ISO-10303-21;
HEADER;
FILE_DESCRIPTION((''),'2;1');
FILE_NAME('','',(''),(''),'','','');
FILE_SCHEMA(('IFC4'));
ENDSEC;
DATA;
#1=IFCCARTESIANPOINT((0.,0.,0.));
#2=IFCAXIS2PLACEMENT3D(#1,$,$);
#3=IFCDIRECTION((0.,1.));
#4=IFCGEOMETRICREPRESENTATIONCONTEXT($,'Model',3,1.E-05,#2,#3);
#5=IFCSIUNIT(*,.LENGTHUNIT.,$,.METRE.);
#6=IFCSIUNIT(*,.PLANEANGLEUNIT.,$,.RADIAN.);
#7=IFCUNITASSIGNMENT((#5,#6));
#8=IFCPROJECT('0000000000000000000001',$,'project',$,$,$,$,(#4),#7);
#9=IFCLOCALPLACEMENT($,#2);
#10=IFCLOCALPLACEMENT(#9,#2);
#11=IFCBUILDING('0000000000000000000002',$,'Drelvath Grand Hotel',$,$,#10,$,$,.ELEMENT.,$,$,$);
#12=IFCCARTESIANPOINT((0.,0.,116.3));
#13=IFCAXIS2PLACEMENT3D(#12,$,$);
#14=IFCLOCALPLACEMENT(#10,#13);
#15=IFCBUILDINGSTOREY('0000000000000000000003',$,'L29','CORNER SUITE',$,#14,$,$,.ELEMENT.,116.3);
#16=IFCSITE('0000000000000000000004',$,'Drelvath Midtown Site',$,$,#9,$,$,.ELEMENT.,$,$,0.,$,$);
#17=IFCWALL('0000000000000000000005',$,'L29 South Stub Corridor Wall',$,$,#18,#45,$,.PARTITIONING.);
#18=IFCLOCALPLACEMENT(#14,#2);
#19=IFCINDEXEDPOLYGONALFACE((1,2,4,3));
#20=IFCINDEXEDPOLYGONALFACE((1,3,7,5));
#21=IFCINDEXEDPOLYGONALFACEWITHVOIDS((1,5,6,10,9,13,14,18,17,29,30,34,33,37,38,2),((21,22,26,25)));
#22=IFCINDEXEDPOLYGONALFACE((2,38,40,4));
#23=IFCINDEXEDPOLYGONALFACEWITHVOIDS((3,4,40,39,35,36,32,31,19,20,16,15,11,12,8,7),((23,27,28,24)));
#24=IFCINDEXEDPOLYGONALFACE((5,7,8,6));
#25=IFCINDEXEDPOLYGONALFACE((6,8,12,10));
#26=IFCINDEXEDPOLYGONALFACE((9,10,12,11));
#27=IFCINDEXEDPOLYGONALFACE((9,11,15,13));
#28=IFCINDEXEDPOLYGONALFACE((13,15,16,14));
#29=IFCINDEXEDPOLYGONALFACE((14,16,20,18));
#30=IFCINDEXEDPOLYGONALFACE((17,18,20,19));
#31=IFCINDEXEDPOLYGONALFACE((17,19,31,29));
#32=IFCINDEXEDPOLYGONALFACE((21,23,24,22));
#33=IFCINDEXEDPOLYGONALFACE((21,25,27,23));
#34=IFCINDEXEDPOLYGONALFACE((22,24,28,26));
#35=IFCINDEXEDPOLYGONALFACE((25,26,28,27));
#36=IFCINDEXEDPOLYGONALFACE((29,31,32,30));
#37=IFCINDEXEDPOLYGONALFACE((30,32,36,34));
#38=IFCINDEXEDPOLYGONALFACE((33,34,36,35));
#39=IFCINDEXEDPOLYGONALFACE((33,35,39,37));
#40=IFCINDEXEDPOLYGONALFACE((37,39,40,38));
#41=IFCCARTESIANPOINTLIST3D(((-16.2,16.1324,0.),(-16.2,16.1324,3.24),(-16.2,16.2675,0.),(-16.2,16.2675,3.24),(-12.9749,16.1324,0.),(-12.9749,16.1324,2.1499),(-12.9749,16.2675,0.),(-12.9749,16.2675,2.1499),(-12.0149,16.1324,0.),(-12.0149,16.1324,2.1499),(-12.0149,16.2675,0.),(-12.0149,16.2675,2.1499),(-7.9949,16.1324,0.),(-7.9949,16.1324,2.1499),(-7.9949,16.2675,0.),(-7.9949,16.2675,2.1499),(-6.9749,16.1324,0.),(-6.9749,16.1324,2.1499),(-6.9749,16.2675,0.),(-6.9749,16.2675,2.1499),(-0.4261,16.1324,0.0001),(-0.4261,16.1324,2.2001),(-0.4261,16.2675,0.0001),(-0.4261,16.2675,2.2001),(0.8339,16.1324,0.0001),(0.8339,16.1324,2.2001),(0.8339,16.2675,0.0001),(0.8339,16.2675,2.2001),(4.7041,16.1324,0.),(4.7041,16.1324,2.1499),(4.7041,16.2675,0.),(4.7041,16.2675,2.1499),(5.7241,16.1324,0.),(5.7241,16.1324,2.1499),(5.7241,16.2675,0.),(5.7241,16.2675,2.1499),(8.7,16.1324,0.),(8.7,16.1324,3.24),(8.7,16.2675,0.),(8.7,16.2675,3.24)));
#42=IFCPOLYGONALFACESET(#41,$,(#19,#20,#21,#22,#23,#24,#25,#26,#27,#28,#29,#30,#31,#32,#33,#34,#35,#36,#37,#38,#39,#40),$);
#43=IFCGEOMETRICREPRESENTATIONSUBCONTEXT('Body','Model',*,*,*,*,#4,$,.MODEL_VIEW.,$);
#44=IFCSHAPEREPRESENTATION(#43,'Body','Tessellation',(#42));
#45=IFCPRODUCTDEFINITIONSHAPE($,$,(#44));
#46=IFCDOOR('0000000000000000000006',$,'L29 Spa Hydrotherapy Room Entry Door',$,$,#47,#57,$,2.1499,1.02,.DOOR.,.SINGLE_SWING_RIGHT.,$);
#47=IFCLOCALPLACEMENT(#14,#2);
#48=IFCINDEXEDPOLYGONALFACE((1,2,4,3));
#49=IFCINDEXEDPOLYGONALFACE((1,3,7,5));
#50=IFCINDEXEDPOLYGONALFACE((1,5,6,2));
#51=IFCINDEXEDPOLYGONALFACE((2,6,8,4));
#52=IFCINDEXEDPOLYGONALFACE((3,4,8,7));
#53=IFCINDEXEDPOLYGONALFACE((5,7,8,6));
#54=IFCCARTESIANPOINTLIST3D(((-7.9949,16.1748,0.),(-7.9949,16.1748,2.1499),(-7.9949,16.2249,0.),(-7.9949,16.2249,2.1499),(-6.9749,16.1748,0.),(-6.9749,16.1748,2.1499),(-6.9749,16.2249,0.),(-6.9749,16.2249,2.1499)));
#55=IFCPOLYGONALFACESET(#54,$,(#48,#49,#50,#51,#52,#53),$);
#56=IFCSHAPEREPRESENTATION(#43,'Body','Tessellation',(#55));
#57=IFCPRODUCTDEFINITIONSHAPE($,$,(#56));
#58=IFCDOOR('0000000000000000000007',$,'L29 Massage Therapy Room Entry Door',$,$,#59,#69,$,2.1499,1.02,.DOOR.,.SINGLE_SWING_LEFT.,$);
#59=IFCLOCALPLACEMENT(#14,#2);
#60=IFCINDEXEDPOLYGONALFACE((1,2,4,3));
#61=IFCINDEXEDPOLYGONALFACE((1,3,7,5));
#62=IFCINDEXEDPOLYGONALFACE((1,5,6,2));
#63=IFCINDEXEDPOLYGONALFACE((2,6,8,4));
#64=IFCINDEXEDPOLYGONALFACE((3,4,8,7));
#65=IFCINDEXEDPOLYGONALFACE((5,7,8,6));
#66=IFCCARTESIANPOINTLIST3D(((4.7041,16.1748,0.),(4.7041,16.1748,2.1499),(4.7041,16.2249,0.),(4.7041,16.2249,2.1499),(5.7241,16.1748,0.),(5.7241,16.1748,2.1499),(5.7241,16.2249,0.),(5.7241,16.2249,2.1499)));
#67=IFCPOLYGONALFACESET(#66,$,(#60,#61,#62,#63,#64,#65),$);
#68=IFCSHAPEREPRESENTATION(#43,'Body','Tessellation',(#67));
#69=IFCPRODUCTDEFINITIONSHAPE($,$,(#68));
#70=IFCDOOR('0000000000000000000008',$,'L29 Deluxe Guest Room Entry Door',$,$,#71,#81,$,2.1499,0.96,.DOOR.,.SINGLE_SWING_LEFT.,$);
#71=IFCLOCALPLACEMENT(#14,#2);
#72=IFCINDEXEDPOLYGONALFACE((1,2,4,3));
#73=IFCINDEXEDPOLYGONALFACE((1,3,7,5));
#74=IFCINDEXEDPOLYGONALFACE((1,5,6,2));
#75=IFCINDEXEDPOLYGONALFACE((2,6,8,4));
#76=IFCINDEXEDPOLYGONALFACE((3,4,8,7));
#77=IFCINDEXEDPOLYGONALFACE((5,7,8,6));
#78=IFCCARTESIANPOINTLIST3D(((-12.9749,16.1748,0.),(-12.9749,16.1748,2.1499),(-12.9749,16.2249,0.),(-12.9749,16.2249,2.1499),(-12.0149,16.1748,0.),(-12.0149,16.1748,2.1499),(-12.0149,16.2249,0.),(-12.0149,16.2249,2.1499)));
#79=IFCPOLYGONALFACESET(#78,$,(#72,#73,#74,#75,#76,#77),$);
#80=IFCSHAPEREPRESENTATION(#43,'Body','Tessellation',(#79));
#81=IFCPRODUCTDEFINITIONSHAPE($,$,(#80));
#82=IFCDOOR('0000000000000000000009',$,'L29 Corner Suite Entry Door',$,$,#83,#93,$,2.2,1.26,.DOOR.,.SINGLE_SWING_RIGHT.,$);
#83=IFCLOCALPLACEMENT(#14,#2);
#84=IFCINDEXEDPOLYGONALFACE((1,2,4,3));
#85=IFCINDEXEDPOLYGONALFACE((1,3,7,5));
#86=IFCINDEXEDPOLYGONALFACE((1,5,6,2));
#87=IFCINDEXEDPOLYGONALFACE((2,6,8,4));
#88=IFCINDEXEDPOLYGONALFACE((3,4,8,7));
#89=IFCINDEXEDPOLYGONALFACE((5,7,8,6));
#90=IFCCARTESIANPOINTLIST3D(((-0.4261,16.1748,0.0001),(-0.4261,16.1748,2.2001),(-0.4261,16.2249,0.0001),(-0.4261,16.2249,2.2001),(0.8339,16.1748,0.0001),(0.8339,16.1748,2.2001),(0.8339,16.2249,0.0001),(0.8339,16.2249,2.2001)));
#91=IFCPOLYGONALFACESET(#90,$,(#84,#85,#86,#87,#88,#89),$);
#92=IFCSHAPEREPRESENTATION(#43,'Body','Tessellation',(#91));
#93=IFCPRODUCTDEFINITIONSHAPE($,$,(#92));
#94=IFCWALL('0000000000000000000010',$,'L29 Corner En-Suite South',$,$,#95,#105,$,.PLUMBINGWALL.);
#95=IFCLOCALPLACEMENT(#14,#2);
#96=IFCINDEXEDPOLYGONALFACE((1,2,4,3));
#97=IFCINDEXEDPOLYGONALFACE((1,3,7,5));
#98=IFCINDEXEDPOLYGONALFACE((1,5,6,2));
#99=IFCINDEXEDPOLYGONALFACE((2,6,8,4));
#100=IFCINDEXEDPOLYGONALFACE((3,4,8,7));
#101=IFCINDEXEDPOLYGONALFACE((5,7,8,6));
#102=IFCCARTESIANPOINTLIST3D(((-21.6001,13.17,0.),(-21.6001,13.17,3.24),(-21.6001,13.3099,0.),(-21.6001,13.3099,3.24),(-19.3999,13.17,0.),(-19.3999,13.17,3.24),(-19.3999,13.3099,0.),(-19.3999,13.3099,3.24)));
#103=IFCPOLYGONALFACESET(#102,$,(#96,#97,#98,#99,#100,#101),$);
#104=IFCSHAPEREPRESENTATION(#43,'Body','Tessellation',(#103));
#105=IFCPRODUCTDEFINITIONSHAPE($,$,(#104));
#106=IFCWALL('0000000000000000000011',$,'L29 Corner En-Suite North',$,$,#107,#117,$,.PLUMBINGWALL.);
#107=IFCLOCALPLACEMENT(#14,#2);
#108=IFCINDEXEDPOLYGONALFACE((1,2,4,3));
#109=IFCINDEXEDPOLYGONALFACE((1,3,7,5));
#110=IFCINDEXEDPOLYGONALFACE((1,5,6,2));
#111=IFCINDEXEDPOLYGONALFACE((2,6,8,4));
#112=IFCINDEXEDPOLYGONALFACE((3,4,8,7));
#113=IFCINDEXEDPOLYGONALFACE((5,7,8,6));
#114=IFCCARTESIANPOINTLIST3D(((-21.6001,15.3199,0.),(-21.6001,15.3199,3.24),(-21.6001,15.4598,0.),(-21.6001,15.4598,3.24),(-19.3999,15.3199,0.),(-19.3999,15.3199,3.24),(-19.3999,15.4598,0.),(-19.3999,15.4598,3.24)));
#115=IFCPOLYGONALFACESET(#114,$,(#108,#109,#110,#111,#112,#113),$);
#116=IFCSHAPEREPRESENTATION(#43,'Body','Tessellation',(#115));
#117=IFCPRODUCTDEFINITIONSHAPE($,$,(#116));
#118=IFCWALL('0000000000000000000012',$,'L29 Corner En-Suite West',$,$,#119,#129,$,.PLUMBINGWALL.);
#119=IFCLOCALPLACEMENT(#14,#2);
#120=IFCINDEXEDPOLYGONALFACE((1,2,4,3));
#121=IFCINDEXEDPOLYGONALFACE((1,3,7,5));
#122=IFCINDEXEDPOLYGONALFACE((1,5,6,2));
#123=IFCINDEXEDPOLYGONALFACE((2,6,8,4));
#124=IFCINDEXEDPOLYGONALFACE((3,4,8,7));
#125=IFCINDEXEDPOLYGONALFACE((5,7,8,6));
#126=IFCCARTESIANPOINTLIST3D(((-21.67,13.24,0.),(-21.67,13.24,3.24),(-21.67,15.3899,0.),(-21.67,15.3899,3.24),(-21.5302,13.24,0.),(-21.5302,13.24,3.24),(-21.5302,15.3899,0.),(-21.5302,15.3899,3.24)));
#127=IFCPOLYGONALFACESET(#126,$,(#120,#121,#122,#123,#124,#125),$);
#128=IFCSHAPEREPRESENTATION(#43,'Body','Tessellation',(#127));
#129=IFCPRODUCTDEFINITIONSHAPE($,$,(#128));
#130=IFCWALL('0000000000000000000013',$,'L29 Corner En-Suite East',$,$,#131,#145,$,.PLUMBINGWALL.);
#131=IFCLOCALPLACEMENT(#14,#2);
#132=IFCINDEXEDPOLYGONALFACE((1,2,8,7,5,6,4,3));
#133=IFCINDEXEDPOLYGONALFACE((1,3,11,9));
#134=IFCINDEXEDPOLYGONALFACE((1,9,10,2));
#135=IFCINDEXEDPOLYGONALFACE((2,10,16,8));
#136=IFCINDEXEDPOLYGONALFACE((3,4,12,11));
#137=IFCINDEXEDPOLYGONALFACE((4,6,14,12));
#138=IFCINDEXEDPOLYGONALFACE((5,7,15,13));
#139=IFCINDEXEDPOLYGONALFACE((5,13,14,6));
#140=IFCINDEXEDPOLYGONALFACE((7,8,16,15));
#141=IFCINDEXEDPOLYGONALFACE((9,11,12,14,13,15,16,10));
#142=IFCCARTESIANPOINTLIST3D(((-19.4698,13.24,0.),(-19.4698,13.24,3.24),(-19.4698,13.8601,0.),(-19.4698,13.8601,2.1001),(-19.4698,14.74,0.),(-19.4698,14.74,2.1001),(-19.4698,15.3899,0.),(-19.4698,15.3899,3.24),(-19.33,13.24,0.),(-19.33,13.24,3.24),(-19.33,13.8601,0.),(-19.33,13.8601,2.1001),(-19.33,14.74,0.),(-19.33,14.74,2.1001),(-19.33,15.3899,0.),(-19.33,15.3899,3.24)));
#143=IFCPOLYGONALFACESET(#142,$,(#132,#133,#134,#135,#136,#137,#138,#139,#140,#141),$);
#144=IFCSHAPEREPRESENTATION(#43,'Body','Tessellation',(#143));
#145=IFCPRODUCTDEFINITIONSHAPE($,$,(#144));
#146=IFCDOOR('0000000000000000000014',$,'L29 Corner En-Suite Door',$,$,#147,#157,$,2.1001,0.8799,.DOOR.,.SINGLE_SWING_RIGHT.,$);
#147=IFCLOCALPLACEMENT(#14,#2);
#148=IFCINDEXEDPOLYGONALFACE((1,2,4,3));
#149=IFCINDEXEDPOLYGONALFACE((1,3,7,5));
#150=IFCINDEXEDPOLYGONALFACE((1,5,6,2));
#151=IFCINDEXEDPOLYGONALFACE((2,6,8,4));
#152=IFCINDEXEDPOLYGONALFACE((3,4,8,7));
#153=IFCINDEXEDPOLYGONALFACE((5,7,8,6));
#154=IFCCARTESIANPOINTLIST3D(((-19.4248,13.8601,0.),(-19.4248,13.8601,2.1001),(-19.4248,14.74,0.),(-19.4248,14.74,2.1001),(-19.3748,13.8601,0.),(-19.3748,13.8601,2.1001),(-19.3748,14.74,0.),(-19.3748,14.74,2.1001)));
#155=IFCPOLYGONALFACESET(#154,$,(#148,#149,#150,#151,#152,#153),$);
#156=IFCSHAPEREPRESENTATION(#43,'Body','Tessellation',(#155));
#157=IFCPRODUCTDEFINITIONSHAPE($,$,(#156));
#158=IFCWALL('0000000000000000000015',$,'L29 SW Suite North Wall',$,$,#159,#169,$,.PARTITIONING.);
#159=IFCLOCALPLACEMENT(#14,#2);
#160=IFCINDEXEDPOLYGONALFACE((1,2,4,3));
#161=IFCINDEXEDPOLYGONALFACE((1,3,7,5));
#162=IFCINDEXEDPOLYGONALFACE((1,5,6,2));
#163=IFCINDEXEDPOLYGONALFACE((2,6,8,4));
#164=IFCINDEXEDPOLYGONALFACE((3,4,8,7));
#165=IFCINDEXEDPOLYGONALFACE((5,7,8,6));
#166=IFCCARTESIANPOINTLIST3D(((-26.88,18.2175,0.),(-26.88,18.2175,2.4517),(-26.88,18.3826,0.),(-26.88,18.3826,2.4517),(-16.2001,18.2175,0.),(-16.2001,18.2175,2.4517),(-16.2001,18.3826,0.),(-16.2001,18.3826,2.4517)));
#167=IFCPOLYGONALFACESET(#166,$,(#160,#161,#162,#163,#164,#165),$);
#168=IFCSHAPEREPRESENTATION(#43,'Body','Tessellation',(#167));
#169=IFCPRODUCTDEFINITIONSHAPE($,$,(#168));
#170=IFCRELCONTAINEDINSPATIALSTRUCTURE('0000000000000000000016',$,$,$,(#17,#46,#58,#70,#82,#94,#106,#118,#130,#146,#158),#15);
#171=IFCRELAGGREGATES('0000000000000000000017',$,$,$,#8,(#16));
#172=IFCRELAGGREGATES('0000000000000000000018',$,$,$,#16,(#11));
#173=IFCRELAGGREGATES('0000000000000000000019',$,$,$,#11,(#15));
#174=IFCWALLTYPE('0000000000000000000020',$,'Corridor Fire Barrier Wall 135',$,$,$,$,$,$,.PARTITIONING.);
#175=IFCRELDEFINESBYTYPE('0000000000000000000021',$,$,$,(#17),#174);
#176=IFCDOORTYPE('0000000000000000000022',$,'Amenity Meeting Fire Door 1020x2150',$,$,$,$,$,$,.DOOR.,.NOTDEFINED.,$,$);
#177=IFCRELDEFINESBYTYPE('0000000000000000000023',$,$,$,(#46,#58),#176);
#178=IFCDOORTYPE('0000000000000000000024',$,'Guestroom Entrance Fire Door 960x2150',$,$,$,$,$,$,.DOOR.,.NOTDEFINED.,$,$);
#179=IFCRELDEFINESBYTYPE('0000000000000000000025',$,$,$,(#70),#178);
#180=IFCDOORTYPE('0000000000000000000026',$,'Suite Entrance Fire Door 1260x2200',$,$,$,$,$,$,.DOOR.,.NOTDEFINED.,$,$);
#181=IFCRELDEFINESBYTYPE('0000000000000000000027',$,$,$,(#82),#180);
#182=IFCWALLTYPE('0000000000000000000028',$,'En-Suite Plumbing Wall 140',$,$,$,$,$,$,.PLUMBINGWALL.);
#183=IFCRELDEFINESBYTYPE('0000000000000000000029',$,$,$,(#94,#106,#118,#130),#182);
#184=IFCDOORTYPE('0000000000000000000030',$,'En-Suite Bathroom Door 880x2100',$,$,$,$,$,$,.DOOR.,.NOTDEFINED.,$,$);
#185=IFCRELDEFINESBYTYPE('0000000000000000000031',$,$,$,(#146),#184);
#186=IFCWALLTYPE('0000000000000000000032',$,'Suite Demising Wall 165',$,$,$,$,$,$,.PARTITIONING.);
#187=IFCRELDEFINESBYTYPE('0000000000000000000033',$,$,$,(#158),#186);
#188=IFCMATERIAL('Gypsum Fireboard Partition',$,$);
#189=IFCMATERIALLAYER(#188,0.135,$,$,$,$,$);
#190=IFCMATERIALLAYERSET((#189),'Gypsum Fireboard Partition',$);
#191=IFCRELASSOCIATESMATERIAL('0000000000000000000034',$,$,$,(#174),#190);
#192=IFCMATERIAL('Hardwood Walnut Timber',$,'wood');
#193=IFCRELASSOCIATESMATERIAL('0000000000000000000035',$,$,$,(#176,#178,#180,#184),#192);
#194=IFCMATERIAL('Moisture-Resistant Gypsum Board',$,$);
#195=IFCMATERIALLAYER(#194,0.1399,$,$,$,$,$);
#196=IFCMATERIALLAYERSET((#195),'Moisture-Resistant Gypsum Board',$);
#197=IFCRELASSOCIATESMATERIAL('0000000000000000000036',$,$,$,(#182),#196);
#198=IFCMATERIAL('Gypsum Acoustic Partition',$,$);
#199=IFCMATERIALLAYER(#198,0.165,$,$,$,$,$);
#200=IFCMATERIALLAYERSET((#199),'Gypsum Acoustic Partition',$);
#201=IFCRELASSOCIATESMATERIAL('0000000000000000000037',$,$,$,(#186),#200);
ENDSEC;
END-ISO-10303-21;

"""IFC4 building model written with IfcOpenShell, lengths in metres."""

from ifc_helpers import new_model, si_unit, direction, frame, frame_2d, origin, place, context, subcontext, project, spatial, rectangle, extrude, material, layer, layer_set, type_object, element, fill, save


model = new_model("IFC4")

# Units and contexts
model_context = context("Model", 3, precision=1e-05, world=origin(), true_north=direction((0.0, 1.0)))
body_context = subcontext(model_context, "Body", "Model", "MODEL_VIEW")
ifc_project = project(units=[si_unit("LENGTHUNIT", "METRE"), si_unit("PLANEANGLEUNIT", "RADIAN")], contexts=[model_context])

# Site, building, storey
site_placement = place(None, origin())
site = spatial("IfcSite", under=ifc_project, at=site_placement, Name="Drelvath Midtown Site", CompositionType="ELEMENT", RefElevation=0.0)
building_placement = place(site_placement, origin())
building = spatial("IfcBuilding", under=site, at=building_placement, Name="Drelvath Grand Hotel", CompositionType="ELEMENT")
storey_placement = place(building_placement, frame((0.0, 0.0, 116.3)))
storey = spatial("IfcBuildingStorey", under=building, at=storey_placement, Name="L29", Description="CORNER SUITE", CompositionType="ELEMENT", Elevation=116.3)

# Shared definitions
ifc_material_1 = material(Name="Gypsum Fireboard Partition")
ifc_layer_1 = layer(ifc_material_1, 0.135)
ifc_layer_set_1 = layer_set([ifc_layer_1], Name="Gypsum Fireboard Partition")
wall_type_1 = type_object("IfcWallType", Name="Corridor Fire Barrier Wall 135", PredefinedType="PARTITIONING", material=ifc_layer_set_1)

# Wall, openings, doors
wall_1_placement = place(storey_placement, frame((-16.2, 16.2, 0.0), z_axis=(0.0, 0.0, 1.0), x_axis=(1.0, 0.0, 0.0)))
wall_1 = element("IfcWall", 1, at=wall_1_placement, inside=storey, type_object=wall_type_1, Name="L29 South Stub Corridor Wall", PredefinedType="PARTITIONING", context=body_context, shape_type="SweptSolid", body=[
    extrude(rectangle(XDim=24.8999, YDim=0.135, at=frame_2d((12.45, 0.0))), origin(), (0.0, 0.0, 1.0), 3.24),
])
opening_1_placement = place(wall_1_placement, frame((3.2251, 0.0, 0.0)))
opening_1 = element("IfcOpeningElement", 2, at=opening_1_placement, cuts=wall_1, PredefinedType="OPENING", context=body_context, shape_type="SweptSolid", body=[
    extrude(rectangle(XDim=0.96, YDim=2.1499, at=frame_2d((0.48, 1.075))), frame((0.0, 0.0774, 0.0), z_axis=(0.0, -1.0, 0.0), x_axis=(1.0, 0.0, 0.0)), (0.0, 0.0, 1.0), 0.155),
])
opening_2_placement = place(wall_1_placement, frame((8.2051, 0.0, 0.0)))
opening_2 = element("IfcOpeningElement", 3, at=opening_2_placement, cuts=wall_1, PredefinedType="OPENING", context=body_context, shape_type="SweptSolid", body=[
    extrude(rectangle(XDim=1.02, YDim=2.1499, at=frame_2d((0.51, 1.075))), frame((0.0, 0.0774, 0.0), z_axis=(0.0, -1.0, 0.0), x_axis=(1.0, 0.0, 0.0)), (0.0, 0.0, 1.0), 0.155),
])
opening_3_placement = place(wall_1_placement, frame((15.7739, 0.0, 0.0)))
opening_3 = element("IfcOpeningElement", 4, at=opening_3_placement, cuts=wall_1, PredefinedType="OPENING", context=body_context, shape_type="SweptSolid", body=[
    extrude(rectangle(XDim=1.26, YDim=2.2, at=frame_2d((0.6299, 1.1001))), frame((0.0, 0.0774, 0.0), z_axis=(0.0, -1.0, 0.0), x_axis=(1.0, 0.0, 0.0)), (0.0, 0.0, 1.0), 0.155),
])
opening_4_placement = place(wall_1_placement, frame((20.9041, 0.0, 0.0)))
opening_4 = element("IfcOpeningElement", 5, at=opening_4_placement, cuts=wall_1, PredefinedType="OPENING", context=body_context, shape_type="SweptSolid", body=[
    extrude(rectangle(XDim=1.02, YDim=2.1499, at=frame_2d((0.51, 1.075))), frame((0.0, 0.0774, 0.0), z_axis=(0.0, -1.0, 0.0), x_axis=(1.0, 0.0, 0.0)), (0.0, 0.0, 1.0), 0.155),
])
ifc_material_2 = material(Name="Hardwood Walnut Timber", Category="wood")
door_type_1 = type_object("IfcDoorType", Name="Amenity Meeting Fire Door 1020x2150", OperationType="NOTDEFINED", PredefinedType="DOOR", material=ifc_material_2)
door_1_placement = place(opening_2_placement, origin())
door_1 = element("IfcDoor", 6, at=door_1_placement, inside=storey, type_object=door_type_1, Name="L29 Spa Hydrotherapy Room Entry Door", OperationType="SINGLE_SWING_RIGHT", OverallHeight=2.1499, OverallWidth=1.02, PredefinedType="DOOR", context=body_context, shape_type="SweptSolid", body=[
    extrude(rectangle(XDim=1.02, YDim=2.1499, at=frame_2d((0.51, 1.075))), frame((0.0, 0.0249, 0.0), z_axis=(0.0, -1.0, 0.0), x_axis=(1.0, 0.0, 0.0)), (0.0, 0.0, 1.0), 0.05),
])
fill(opening_2, door_1)
door_2_placement = place(opening_4_placement, origin())
door_2 = element("IfcDoor", 7, at=door_2_placement, inside=storey, type_object=door_type_1, Name="L29 Massage Therapy Room Entry Door", OperationType="SINGLE_SWING_LEFT", OverallHeight=2.1499, OverallWidth=1.02, PredefinedType="DOOR", context=body_context, shape_type="SweptSolid", body=[
    extrude(rectangle(XDim=1.02, YDim=2.1499, at=frame_2d((0.51, 1.075))), frame((0.0, 0.0249, 0.0), z_axis=(0.0, -1.0, 0.0), x_axis=(1.0, 0.0, 0.0)), (0.0, 0.0, 1.0), 0.05),
])
fill(opening_4, door_2)
door_type_2 = type_object("IfcDoorType", Name="Guestroom Entrance Fire Door 960x2150", OperationType="NOTDEFINED", PredefinedType="DOOR", material=ifc_material_2)
door_3_placement = place(opening_1_placement, origin())
door_3 = element("IfcDoor", 8, at=door_3_placement, inside=storey, type_object=door_type_2, Name="L29 Deluxe Guest Room Entry Door", OperationType="SINGLE_SWING_LEFT", OverallHeight=2.1499, OverallWidth=0.96, PredefinedType="DOOR", context=body_context, shape_type="SweptSolid", body=[
    extrude(rectangle(XDim=0.96, YDim=2.1499, at=frame_2d((0.48, 1.075))), frame((0.0, 0.0249, 0.0), z_axis=(0.0, -1.0, 0.0), x_axis=(1.0, 0.0, 0.0)), (0.0, 0.0, 1.0), 0.05),
])
fill(opening_1, door_3)
door_type_3 = type_object("IfcDoorType", Name="Suite Entrance Fire Door 1260x2200", OperationType="NOTDEFINED", PredefinedType="DOOR", material=ifc_material_2)
door_4_placement = place(opening_3_placement, origin())
door_4 = element("IfcDoor", 9, at=door_4_placement, inside=storey, type_object=door_type_3, Name="L29 Corner Suite Entry Door", OperationType="SINGLE_SWING_RIGHT", OverallHeight=2.2, OverallWidth=1.26, PredefinedType="DOOR", context=body_context, shape_type="SweptSolid", body=[
    extrude(rectangle(XDim=1.26, YDim=2.2, at=frame_2d((0.6299, 1.1001))), frame((0.0, 0.0249, 0.0), z_axis=(0.0, -1.0, 0.0), x_axis=(1.0, 0.0, 0.0)), (0.0, 0.0, 1.0), 0.05),
])
fill(opening_3, door_4)

# Walls
ifc_material_3 = material(Name="Moisture-Resistant Gypsum Board")
ifc_layer_2 = layer(ifc_material_3, 0.1399)
ifc_layer_set_2 = layer_set([ifc_layer_2], Name="Moisture-Resistant Gypsum Board")
wall_type_2 = type_object("IfcWallType", Name="En-Suite Plumbing Wall 140", PredefinedType="PLUMBINGWALL", material=ifc_layer_set_2)
for number, where, z_axis, x_axis, name in (
    (10, (-21.6001, 13.24, 0.0), (0.0, 0.0, 1.0), (1.0, 0.0, 0.0), "L29 Corner En-Suite South"),
    (11, (-21.6001, 15.3899, 0.0), (0.0, 0.0, 1.0), (1.0, 0.0, 0.0), "L29 Corner En-Suite North"),
):
    element("IfcWall", number, at=place(storey_placement, frame(where, z_axis=z_axis, x_axis=x_axis)), inside=storey, type_object=wall_type_2, Name=name, PredefinedType="PLUMBINGWALL", context=body_context, shape_type="SweptSolid", body=[
        extrude(rectangle(XDim=2.2002, YDim=0.1399, at=frame_2d((1.1001, 0.0))), origin(), (0.0, 0.0, 1.0), 3.24),
    ])
wall_2_placement = place(storey_placement, frame((-21.6001, 13.24, 0.0), z_axis=(0.0, 0.0, 1.0), x_axis=(0.0, 1.0, 0.0)))
element("IfcWall", 12, at=wall_2_placement, inside=storey, type_object=wall_type_2, Name="L29 Corner En-Suite West", PredefinedType="PLUMBINGWALL", context=body_context, shape_type="SweptSolid", body=[
    extrude(rectangle(XDim=2.1499, YDim=0.1399, at=frame_2d((1.075, 0.0))), origin(), (0.0, 0.0, 1.0), 3.24),
])

# Wall, opening, door
wall_3_placement = place(storey_placement, frame((-19.3999, 13.24, 0.0), z_axis=(0.0, 0.0, 1.0), x_axis=(0.0, 1.0, 0.0)))
wall_3 = element("IfcWall", 13, at=wall_3_placement, inside=storey, type_object=wall_type_2, Name="L29 Corner En-Suite East", PredefinedType="PLUMBINGWALL", context=body_context, shape_type="SweptSolid", body=[
    extrude(rectangle(XDim=2.1499, YDim=0.1399, at=frame_2d((1.075, 0.0))), origin(), (0.0, 0.0, 1.0), 3.24),
])
opening_5_placement = place(wall_3_placement, frame((0.6201, 0.0, 0.0)))
opening_5 = element("IfcOpeningElement", 14, at=opening_5_placement, cuts=wall_3, PredefinedType="OPENING", context=body_context, shape_type="SweptSolid", body=[
    extrude(rectangle(XDim=0.8799, YDim=2.1001, at=frame_2d((0.4399, 1.05))), frame((0.0, 0.0798, 0.0), z_axis=(0.0, -1.0, 0.0), x_axis=(1.0, 0.0, 0.0)), (0.0, 0.0, 1.0), 0.1599),
])
door_type_4 = type_object("IfcDoorType", Name="En-Suite Bathroom Door 880x2100", OperationType="NOTDEFINED", PredefinedType="DOOR", material=ifc_material_2)
door_5_placement = place(opening_5_placement, origin())
door_5 = element("IfcDoor", 15, at=door_5_placement, inside=storey, type_object=door_type_4, Name="L29 Corner En-Suite Door", OperationType="SINGLE_SWING_RIGHT", OverallHeight=2.1001, OverallWidth=0.8799, PredefinedType="DOOR", context=body_context, shape_type="SweptSolid", body=[
    extrude(rectangle(XDim=0.8799, YDim=2.1001, at=frame_2d((0.4399, 1.05))), frame((0.0, 0.0249, 0.0), z_axis=(0.0, -1.0, 0.0), x_axis=(1.0, 0.0, 0.0)), (0.0, 0.0, 1.0), 0.05),
])
fill(opening_5, door_5)

# Wall
ifc_material_4 = material(Name="Gypsum Acoustic Partition")
ifc_layer_3 = layer(ifc_material_4, 0.165)
ifc_layer_set_3 = layer_set([ifc_layer_3], Name="Gypsum Acoustic Partition")
wall_type_3 = type_object("IfcWallType", Name="Suite Demising Wall 165", PredefinedType="PARTITIONING", material=ifc_layer_set_3)
wall_4_placement = place(storey_placement, frame((-26.8799, 18.3, 0.0), z_axis=(0.0, 0.0, 1.0), x_axis=(1.0, 0.0, 0.0)))
element("IfcWall", 16, at=wall_4_placement, inside=storey, type_object=wall_type_3, Name="L29 SW Suite North Wall", PredefinedType="PARTITIONING", context=body_context, shape_type="SweptSolid", body=[
    extrude(rectangle(XDim=10.6799, YDim=0.165, at=frame_2d((5.3398, 0.0))), origin(), (0.0, 0.0, 1.0), 2.4517),
])

save(model, "model.ifc")
